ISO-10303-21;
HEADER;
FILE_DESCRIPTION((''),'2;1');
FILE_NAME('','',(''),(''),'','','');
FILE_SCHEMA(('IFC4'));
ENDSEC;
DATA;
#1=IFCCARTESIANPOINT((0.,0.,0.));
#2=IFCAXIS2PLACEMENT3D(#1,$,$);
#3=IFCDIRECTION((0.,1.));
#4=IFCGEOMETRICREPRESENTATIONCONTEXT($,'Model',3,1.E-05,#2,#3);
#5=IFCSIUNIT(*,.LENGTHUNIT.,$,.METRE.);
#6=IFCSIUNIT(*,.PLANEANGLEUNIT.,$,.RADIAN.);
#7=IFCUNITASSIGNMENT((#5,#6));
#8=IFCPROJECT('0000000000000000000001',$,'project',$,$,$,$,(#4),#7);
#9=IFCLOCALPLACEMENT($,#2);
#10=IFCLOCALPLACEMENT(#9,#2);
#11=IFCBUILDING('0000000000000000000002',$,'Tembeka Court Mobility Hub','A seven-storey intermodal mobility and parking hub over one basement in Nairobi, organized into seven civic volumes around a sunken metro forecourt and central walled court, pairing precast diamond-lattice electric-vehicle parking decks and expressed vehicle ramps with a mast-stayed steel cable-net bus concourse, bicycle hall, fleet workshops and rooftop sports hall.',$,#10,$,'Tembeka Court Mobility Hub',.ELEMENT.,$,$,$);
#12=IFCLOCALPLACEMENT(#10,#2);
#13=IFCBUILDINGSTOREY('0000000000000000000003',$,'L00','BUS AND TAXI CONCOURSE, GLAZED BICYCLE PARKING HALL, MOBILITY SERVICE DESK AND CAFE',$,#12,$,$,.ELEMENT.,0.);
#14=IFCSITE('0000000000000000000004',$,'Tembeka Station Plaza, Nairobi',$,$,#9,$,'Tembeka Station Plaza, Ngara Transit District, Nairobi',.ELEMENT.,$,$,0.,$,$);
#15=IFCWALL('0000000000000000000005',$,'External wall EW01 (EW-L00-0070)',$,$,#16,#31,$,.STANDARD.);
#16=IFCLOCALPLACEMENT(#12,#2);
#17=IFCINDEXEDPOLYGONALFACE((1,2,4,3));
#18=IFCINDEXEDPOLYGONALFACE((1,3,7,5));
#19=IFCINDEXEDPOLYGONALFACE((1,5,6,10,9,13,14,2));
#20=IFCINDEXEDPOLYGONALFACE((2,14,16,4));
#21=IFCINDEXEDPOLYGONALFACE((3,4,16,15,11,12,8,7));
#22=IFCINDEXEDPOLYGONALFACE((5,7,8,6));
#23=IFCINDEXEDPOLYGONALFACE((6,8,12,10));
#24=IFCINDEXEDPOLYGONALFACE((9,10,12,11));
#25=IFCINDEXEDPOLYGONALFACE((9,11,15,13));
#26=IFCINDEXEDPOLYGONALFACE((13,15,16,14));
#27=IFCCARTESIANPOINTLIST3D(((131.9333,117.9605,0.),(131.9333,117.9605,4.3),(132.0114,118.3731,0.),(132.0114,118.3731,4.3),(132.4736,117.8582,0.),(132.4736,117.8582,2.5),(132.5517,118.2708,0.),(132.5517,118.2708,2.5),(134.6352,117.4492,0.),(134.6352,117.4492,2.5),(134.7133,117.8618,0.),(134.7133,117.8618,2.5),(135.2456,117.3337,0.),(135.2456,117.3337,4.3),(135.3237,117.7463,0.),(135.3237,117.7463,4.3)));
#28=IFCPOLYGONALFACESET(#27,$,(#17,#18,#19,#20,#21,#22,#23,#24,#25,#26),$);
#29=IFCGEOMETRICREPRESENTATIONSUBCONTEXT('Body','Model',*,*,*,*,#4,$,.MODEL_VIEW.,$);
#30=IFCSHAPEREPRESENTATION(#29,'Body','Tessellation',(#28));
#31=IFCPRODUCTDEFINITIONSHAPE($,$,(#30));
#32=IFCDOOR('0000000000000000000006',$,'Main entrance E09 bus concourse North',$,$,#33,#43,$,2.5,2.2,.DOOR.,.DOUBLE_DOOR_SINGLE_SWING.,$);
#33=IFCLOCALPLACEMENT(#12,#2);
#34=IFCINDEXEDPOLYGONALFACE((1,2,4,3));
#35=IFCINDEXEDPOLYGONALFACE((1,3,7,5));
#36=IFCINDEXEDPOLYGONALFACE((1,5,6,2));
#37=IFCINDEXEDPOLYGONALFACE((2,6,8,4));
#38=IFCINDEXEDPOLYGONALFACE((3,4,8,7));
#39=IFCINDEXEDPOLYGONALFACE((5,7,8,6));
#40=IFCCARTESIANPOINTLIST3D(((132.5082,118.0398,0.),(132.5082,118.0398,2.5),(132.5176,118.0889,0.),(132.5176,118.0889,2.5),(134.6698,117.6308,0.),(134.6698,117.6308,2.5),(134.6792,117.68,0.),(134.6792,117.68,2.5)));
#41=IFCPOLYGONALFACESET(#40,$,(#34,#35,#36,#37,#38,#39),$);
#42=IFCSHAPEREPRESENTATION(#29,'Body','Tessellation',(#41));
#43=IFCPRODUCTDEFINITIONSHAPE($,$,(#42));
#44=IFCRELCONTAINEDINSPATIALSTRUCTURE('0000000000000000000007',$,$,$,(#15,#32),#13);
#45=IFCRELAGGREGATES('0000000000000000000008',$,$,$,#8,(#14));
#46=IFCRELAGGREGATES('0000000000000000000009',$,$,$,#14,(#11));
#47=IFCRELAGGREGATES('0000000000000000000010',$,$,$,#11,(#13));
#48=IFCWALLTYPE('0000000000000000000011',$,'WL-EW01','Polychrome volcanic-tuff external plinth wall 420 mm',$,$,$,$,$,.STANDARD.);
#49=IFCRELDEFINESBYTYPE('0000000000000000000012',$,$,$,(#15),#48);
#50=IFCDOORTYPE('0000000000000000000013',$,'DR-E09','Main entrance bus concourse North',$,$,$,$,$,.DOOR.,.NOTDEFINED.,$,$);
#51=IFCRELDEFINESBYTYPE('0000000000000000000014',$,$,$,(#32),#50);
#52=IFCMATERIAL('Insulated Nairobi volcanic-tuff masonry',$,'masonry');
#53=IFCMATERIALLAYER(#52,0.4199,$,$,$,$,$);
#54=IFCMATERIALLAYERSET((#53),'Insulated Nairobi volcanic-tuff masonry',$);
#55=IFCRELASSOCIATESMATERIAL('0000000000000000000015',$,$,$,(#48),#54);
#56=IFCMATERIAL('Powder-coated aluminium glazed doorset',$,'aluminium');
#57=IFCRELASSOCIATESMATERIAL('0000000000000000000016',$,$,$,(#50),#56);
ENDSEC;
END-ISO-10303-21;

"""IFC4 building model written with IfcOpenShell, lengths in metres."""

from ifc_helpers import new_model, si_unit, direction, frame, frame_2d, origin, place, context, subcontext, project, spatial, rectangle, extrude, material, layer, layer_set, type_object, element, fill, save


model = new_model("IFC4")

# Units and contexts
model_context = context("Model", 3, precision=1e-05, world=origin(), true_north=direction((0.0, 1.0)))
body_context = subcontext(model_context, "Body", "Model", "MODEL_VIEW")
ifc_project = project(units=[si_unit("LENGTHUNIT", "METRE"), si_unit("PLANEANGLEUNIT", "RADIAN")], contexts=[model_context])

# Site, building, storey
site_placement = place(None, origin())
site = spatial("IfcSite", under=ifc_project, at=site_placement, Name="Tembeka Station Plaza, Nairobi", LongName="Tembeka Station Plaza, Ngara Transit District, Nairobi", CompositionType="ELEMENT", RefElevation=0.0)
building_placement = place(site_placement, origin())
building = spatial("IfcBuilding", under=site, at=building_placement, Name="Tembeka Court Mobility Hub", Description="A seven-storey intermodal mobility and parking hub over one basement in Nairobi, organized into seven civic volumes around a sunken metro forecourt and central walled court, pairing precast diamond-lattice electric-vehicle parking decks and expressed vehicle ramps with a mast-stayed steel cable-net bus concourse, bicycle hall, fleet workshops and rooftop sports hall.", LongName="Tembeka Court Mobility Hub", CompositionType="ELEMENT")
storey_placement = place(building_placement, origin())
storey = spatial("IfcBuildingStorey", under=building, at=storey_placement, Name="L00", Description="BUS AND TAXI CONCOURSE, GLAZED BICYCLE PARKING HALL, MOBILITY SERVICE DESK AND CAFE", CompositionType="ELEMENT", Elevation=0.0)

# Wall, opening, door
ifc_material_1 = material(Name="Insulated Nairobi volcanic-tuff masonry", Category="masonry")
ifc_layer_1 = layer(ifc_material_1, 0.4199)
ifc_layer_set_1 = layer_set([ifc_layer_1], Name="Insulated Nairobi volcanic-tuff masonry")
wall_type = type_object("IfcWallType", Name="WL-EW01", Description="Polychrome volcanic-tuff external plinth wall 420 mm", PredefinedType="STANDARD", material=ifc_layer_set_1)
wall_placement = place(storey_placement, frame((135.2847, 117.54, 0.0), z_axis=(0.0, 0.0, 1.0), x_axis=(-0.982567, 0.185911, 0.0)))
wall = element("IfcWall", 1, at=wall_placement, inside=storey, type_object=wall_type, Name="External wall EW01 (EW-L00-0070)", PredefinedType="STANDARD", context=body_context, shape_type="SweptSolid", body=[
    extrude(rectangle(XDim=3.3711, YDim=0.4199, at=frame_2d((1.6855, 0.0))), origin(), (0.0, 0.0, 1.0), 4.3),
])
opening_placement = place(wall_placement, frame((0.6211, 0.0, 0.0)))
opening = element("IfcOpeningElement", 2, at=opening_placement, cuts=wall, PredefinedType="OPENING", context=body_context, shape_type="SweptSolid", body=[
    extrude(rectangle(XDim=2.2, YDim=2.5, at=frame_2d((1.1001, 1.25))), frame((0.0, 0.22, 0.0), z_axis=(0.0, -1.0, 0.0), x_axis=(1.0, 0.0, 0.0)), (0.0, 0.0, 1.0), 0.4399),
])
ifc_material_2 = material(Name="Powder-coated aluminium glazed doorset", Category="aluminium")
door_type = type_object("IfcDoorType", Name="DR-E09", Description="Main entrance bus concourse North", OperationType="NOTDEFINED", PredefinedType="DOOR", material=ifc_material_2)
door_placement = place(opening_placement, frame((2.2, 0.0, 0.0), z_axis=(0.0, 0.0, 1.0), x_axis=(-1.0, 0.0, 0.0)))
door = element("IfcDoor", 3, at=door_placement, inside=storey, type_object=door_type, Name="Main entrance E09 bus concourse North", OperationType="DOUBLE_DOOR_SINGLE_SWING", OverallHeight=2.5, OverallWidth=2.2, PredefinedType="DOOR", context=body_context, shape_type="SweptSolid", body=[
    extrude(rectangle(XDim=2.2, YDim=2.5, at=frame_2d((1.1001, 1.25))), frame((0.0, 0.0249, 0.0), z_axis=(0.0, -1.0, 0.0), x_axis=(1.0, 0.0, 0.0)), (0.0, 0.0, 1.0), 0.05),
])
fill(opening, door)

save(model, "model.ifc")
